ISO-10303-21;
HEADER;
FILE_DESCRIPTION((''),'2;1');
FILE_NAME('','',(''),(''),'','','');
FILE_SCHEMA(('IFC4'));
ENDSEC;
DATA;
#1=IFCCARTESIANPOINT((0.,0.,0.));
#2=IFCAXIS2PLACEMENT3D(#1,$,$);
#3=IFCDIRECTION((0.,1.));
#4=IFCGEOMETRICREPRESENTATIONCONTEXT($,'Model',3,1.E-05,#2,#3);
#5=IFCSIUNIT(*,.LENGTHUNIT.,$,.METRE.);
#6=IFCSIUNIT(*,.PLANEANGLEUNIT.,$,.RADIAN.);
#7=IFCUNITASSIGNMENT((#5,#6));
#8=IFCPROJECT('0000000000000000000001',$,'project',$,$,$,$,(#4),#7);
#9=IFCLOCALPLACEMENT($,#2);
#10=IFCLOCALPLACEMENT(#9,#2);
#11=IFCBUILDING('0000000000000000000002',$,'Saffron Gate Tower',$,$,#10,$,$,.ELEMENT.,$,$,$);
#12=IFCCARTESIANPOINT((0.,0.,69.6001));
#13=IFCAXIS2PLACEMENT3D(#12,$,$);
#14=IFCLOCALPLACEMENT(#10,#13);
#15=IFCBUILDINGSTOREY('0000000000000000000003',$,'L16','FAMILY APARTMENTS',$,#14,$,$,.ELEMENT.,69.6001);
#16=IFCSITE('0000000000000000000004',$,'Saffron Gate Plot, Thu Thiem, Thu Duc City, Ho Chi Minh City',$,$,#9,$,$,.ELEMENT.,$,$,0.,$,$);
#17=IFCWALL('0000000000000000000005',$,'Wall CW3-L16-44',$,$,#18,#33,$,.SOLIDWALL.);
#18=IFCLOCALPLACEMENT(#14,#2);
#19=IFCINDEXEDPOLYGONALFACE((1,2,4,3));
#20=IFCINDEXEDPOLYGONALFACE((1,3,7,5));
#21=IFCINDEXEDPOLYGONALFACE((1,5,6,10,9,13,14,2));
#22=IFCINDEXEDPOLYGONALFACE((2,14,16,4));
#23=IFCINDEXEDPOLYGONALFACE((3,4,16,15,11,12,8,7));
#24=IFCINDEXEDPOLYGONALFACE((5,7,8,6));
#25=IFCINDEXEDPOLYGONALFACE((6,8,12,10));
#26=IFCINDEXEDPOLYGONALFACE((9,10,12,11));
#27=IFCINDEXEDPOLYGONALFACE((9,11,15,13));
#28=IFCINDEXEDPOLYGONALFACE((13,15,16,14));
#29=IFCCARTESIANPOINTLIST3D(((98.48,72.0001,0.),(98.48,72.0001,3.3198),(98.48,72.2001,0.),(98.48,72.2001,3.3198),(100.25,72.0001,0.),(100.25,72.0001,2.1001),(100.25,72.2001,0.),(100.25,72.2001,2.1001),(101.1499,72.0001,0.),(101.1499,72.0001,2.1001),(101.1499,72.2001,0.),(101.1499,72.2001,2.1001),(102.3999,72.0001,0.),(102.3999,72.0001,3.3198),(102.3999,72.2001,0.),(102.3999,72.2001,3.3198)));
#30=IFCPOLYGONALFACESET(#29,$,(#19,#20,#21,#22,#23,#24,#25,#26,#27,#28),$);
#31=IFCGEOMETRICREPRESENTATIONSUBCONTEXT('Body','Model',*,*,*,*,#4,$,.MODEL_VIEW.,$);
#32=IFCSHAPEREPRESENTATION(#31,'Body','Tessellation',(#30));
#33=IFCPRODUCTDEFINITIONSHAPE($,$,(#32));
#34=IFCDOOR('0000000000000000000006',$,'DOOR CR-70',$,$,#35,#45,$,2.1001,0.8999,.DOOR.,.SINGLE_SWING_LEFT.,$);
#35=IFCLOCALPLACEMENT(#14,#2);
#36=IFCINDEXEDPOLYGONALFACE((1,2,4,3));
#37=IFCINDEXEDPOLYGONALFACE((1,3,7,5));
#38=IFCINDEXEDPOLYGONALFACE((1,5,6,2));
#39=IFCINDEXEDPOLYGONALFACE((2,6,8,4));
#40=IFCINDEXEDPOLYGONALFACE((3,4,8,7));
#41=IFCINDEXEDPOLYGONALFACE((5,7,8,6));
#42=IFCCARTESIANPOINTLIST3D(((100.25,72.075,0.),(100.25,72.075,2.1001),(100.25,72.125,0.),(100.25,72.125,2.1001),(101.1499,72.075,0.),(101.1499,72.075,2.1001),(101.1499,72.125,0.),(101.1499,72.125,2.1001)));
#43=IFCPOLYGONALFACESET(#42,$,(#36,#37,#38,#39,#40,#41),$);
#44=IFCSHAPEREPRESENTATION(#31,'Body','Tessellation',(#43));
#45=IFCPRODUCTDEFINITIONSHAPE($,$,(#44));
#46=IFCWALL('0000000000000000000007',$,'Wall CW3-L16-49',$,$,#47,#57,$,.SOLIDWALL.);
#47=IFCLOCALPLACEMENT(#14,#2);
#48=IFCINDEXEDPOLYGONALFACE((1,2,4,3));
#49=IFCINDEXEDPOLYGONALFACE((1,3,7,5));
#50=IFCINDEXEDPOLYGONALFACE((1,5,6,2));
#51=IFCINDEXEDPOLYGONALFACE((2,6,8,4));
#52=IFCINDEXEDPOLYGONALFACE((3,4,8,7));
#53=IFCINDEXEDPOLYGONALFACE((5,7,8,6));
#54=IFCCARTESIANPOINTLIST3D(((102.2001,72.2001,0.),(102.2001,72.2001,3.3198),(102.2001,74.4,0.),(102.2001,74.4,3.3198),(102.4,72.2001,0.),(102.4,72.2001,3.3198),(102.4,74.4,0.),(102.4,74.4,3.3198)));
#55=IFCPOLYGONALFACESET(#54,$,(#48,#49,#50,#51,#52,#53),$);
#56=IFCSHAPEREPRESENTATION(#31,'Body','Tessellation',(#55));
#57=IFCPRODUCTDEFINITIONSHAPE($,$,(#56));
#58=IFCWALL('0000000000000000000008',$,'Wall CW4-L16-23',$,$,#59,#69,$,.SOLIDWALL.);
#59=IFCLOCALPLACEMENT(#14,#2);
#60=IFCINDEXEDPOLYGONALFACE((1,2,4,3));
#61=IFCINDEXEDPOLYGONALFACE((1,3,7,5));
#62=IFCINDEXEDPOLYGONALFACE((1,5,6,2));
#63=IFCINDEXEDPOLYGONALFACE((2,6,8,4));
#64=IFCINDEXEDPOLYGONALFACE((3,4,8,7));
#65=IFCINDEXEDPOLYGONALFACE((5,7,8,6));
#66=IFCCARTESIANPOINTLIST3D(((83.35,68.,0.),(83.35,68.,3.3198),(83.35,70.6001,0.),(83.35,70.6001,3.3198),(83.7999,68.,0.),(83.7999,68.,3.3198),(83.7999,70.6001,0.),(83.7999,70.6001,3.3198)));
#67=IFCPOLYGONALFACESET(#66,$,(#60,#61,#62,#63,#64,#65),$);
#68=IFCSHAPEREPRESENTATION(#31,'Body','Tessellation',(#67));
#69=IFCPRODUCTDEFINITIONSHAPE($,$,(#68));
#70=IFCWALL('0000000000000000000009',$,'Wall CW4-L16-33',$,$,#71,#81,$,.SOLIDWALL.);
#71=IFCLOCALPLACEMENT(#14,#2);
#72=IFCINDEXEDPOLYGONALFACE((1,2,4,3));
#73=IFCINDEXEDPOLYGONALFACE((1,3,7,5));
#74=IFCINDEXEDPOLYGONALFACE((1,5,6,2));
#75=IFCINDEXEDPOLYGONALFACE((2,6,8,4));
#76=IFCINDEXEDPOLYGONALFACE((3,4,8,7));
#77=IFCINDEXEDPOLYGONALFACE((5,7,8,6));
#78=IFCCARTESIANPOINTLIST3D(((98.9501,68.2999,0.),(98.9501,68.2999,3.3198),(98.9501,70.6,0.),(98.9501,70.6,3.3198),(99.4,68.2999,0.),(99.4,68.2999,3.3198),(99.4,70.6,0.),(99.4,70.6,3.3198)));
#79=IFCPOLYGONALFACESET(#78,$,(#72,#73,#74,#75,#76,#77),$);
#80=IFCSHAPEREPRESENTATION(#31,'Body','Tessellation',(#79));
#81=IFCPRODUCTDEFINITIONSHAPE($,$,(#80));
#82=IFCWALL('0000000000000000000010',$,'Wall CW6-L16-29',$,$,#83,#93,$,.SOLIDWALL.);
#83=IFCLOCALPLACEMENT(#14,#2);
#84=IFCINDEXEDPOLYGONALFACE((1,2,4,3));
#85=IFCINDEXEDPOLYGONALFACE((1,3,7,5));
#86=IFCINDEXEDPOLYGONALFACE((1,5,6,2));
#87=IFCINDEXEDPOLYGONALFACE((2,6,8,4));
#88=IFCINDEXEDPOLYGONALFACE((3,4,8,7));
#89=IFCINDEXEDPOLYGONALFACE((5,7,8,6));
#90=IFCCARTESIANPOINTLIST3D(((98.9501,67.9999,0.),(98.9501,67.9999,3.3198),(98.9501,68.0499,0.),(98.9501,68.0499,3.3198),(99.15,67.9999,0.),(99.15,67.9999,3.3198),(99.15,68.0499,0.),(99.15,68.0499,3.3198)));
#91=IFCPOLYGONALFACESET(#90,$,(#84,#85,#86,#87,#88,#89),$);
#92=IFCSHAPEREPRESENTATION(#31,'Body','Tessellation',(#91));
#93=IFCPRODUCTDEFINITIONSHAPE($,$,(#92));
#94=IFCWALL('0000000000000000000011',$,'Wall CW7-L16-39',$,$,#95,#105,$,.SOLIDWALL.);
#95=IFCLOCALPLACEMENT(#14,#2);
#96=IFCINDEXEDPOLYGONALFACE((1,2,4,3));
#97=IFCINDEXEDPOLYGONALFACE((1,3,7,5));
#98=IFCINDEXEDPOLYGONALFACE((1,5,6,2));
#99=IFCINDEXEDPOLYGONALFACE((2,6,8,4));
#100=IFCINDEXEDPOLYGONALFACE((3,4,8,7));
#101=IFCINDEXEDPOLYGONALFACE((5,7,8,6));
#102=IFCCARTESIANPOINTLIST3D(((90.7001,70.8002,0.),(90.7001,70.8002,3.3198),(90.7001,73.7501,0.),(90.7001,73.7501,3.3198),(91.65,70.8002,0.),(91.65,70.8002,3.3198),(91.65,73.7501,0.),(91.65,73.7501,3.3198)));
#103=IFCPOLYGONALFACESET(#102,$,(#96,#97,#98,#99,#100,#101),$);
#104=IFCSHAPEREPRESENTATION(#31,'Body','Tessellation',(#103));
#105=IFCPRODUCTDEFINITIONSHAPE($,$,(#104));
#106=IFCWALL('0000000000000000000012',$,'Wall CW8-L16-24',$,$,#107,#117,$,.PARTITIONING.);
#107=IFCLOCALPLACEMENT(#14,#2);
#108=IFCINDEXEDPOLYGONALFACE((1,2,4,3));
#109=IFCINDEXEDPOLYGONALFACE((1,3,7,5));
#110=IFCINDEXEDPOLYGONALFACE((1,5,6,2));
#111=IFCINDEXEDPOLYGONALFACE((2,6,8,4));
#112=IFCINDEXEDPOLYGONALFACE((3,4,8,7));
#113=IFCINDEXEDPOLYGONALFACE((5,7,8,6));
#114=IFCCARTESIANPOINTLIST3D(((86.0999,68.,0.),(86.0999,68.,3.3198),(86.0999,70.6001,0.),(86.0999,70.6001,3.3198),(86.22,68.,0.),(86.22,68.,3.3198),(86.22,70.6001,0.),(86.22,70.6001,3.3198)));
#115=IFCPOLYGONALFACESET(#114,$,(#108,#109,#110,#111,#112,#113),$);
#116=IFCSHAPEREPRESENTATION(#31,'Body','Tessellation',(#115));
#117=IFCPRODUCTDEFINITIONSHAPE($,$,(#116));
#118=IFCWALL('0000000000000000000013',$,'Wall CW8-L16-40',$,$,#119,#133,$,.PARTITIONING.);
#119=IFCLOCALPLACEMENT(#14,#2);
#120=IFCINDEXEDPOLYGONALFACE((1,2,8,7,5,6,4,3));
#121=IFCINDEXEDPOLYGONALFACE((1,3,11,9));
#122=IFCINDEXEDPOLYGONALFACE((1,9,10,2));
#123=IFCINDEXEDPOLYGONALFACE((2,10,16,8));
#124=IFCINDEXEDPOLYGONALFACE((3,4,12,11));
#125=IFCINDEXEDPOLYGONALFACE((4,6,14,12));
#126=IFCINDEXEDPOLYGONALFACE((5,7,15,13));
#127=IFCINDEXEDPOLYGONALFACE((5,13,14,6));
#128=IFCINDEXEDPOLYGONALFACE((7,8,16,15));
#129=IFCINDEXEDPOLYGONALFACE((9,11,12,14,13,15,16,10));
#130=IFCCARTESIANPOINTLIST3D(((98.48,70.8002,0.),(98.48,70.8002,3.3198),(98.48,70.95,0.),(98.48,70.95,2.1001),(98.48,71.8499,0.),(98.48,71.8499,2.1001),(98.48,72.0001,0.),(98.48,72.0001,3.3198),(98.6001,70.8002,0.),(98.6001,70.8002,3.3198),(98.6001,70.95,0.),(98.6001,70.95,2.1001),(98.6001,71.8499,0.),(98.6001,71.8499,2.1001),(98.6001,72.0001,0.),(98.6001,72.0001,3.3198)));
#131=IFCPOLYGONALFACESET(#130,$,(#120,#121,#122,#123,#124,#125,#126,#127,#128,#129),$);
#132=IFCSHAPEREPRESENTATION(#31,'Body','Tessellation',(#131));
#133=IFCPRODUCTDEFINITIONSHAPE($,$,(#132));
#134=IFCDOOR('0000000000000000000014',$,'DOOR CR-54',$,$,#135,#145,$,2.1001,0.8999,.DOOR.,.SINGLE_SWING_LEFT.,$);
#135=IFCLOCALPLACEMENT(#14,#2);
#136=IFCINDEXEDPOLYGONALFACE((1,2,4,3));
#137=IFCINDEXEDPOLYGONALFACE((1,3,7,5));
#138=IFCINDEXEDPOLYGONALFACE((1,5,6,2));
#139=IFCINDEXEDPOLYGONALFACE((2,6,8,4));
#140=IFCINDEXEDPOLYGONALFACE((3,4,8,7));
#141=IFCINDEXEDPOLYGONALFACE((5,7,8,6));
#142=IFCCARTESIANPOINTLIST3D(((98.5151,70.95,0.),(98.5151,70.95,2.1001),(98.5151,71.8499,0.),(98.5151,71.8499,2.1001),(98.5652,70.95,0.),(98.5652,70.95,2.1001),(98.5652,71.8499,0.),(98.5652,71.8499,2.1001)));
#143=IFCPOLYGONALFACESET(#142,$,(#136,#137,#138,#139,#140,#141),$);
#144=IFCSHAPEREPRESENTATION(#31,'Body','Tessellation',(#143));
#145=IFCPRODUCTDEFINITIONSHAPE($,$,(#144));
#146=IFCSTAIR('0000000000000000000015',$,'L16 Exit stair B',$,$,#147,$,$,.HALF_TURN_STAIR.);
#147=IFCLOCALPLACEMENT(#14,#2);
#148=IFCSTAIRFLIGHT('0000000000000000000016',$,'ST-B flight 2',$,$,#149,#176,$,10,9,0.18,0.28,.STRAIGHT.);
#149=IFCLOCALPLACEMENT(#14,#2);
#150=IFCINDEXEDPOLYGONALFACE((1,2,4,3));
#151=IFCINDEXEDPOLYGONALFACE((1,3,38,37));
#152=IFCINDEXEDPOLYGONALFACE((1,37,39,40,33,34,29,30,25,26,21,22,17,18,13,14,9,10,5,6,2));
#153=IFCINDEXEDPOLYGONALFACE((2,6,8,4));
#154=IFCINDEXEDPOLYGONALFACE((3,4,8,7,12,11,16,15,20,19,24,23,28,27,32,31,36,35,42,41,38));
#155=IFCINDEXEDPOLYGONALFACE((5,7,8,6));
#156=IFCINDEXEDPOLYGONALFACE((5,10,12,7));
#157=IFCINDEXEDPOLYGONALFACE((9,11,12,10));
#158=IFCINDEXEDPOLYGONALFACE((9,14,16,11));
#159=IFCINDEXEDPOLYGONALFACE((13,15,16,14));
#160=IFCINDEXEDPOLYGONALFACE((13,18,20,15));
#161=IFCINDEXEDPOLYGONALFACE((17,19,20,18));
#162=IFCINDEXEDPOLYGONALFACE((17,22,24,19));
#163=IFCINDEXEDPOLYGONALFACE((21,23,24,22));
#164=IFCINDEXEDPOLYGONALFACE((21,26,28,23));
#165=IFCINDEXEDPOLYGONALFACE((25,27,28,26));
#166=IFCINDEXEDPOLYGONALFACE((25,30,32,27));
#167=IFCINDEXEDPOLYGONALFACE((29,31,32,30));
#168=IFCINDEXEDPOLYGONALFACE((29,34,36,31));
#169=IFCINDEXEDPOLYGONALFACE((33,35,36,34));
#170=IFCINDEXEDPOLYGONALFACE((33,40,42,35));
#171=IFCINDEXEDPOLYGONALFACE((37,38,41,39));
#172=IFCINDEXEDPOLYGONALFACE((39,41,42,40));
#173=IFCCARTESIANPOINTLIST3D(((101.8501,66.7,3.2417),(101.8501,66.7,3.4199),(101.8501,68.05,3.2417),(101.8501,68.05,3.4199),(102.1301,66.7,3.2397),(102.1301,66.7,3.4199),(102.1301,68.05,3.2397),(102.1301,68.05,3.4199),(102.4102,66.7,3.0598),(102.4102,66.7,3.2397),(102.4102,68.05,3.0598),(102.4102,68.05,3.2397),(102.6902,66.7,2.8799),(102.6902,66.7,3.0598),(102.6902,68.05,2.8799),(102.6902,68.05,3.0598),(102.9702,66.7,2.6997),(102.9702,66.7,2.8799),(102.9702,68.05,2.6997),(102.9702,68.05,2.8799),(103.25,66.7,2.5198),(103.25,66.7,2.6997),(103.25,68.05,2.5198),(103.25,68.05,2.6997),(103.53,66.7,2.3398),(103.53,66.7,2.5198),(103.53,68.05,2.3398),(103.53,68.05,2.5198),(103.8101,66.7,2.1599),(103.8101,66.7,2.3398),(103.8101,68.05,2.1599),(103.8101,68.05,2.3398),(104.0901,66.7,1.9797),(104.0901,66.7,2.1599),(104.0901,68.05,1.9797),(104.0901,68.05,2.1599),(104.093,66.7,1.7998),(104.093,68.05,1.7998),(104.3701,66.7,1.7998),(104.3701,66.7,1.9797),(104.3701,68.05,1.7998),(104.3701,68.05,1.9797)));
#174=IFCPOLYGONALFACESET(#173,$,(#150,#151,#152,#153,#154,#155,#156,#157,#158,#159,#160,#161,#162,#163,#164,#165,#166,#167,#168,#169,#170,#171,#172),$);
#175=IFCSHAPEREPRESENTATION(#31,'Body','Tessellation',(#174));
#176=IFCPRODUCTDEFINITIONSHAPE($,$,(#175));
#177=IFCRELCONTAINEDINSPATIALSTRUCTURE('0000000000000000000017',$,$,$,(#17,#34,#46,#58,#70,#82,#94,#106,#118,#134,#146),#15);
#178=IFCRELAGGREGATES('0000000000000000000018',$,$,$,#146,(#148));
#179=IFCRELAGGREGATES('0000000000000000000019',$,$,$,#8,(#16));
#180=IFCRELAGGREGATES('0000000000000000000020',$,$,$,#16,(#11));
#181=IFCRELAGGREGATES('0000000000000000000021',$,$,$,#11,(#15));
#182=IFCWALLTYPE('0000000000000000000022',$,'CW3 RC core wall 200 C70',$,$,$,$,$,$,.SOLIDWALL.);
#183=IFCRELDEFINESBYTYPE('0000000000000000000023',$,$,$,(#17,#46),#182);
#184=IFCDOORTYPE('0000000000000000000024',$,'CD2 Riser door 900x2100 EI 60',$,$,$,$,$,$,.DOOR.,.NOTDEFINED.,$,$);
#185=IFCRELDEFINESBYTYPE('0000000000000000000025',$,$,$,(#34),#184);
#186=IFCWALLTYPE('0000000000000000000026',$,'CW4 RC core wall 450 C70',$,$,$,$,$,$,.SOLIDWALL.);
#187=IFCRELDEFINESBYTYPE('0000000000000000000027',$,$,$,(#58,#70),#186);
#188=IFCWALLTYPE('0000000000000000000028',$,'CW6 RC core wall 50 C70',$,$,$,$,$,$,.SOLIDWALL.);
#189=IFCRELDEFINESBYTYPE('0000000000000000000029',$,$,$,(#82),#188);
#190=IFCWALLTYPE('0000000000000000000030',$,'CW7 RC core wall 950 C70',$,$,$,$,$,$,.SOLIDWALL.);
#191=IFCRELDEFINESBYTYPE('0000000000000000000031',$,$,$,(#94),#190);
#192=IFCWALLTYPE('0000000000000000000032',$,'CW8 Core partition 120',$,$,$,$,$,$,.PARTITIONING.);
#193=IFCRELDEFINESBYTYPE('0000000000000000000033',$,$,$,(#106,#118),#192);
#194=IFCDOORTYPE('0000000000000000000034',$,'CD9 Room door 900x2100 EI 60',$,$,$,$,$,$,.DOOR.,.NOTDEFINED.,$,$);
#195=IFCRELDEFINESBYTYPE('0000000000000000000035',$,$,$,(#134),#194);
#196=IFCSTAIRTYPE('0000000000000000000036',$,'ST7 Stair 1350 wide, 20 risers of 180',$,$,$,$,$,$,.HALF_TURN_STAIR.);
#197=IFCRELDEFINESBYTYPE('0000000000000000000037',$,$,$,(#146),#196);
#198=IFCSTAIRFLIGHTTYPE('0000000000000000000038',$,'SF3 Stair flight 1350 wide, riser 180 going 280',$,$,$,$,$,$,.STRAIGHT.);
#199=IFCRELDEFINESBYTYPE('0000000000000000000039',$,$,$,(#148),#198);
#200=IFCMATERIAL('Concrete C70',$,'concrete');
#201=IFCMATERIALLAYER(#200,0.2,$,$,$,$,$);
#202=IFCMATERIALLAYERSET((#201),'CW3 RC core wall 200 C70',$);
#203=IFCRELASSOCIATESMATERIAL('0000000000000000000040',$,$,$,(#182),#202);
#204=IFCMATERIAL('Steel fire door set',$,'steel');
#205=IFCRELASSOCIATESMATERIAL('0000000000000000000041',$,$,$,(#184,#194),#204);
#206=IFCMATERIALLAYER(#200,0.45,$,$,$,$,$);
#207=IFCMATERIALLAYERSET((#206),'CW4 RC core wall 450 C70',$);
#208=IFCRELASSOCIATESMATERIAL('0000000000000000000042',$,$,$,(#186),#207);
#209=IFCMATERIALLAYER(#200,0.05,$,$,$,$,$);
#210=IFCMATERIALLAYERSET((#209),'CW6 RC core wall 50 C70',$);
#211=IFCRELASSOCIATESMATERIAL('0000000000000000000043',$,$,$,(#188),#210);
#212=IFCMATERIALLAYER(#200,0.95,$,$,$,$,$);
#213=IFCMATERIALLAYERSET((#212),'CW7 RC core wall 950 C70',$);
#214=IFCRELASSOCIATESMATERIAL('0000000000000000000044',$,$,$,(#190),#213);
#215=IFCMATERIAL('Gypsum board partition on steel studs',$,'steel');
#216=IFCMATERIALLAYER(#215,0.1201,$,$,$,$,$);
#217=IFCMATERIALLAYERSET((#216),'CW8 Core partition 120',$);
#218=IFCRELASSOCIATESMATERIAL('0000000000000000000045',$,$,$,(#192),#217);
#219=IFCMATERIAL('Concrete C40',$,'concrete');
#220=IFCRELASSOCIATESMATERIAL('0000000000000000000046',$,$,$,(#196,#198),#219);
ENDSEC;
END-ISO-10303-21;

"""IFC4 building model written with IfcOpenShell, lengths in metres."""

from ifc_helpers import new_model, si_unit, direction, frame, frame_2d, origin, place, context, subcontext, project, spatial, polyline, rectangle, outline, extrude, material, layer, layer_set, type_object, element, fill, aggregate, save


model = new_model("IFC4")

# Units and contexts
model_context = context("Model", 3, precision=1e-05, world=origin(), true_north=direction((0.0, 1.0)))
body_context = subcontext(model_context, "Body", "Model", "MODEL_VIEW")
ifc_project = project(units=[si_unit("LENGTHUNIT", "METRE"), si_unit("PLANEANGLEUNIT", "RADIAN")], contexts=[model_context])

# Site, building, storey
site_placement = place(None, origin())
site = spatial("IfcSite", under=ifc_project, at=site_placement, Name="Saffron Gate Plot, Thu Thiem, Thu Duc City, Ho Chi Minh City", CompositionType="ELEMENT", RefElevation=0.0)
building_placement = place(site_placement, origin())
building = spatial("IfcBuilding", under=site, at=building_placement, Name="Saffron Gate Tower", CompositionType="ELEMENT")
storey_placement = place(building_placement, frame((0.0, 0.0, 69.6001)))
storey = spatial("IfcBuildingStorey", under=building, at=storey_placement, Name="L16", Description="FAMILY APARTMENTS", CompositionType="ELEMENT", Elevation=69.6001)

# Shared definitions
ifc_material_1 = material(Name="Gypsum board partition on steel studs", Category="steel")
ifc_material_2 = material(Name="Concrete C70", Category="concrete")

# Shared definitions
ifc_material_3 = material(Name="Steel fire door set", Category="steel")

# Shared definitions
ifc_layer_1 = layer(ifc_material_2, 0.2)
ifc_layer_set_1 = layer_set([ifc_layer_1], Name="CW3 RC core wall 200 C70")
wall_type_1 = type_object("IfcWallType", Name="CW3 RC core wall 200 C70", PredefinedType="SOLIDWALL", material=ifc_layer_set_1)

# Wall, opening, door
wall_1_placement = place(storey_placement, frame((98.48, 72.1001, 0.0), z_axis=(0.0, 0.0, 1.0), x_axis=(1.0, 0.0, 0.0)))
wall_1 = element("IfcWall", 1, at=wall_1_placement, inside=storey, type_object=wall_type_1, Name="Wall CW3-L16-44", PredefinedType="SOLIDWALL", context=body_context, shape_type="SweptSolid", body=[
    extrude(rectangle(XDim=3.9199, YDim=0.2, at=frame_2d((1.96, 0.0))), origin(), (0.0, 0.0, 1.0), 3.3198),
])
opening_1_placement = place(wall_1_placement, frame((1.77, 0.0, 0.0)))
opening_1 = element("IfcOpeningElement", 2, at=opening_1_placement, cuts=wall_1, PredefinedType="OPENING", context=body_context, shape_type="SweptSolid", body=[
    extrude(rectangle(XDim=0.8999, YDim=2.1001, at=frame_2d((0.45, 1.05))), frame((0.0, 0.1099, 0.0), z_axis=(0.0, -1.0, 0.0), x_axis=(1.0, 0.0, 0.0)), (0.0, 0.0, 1.0), 0.22),
])
door_type_1 = type_object("IfcDoorType", Name="CD2 Riser door 900x2100 EI 60", OperationType="NOTDEFINED", PredefinedType="DOOR", material=ifc_material_3)
door_1_placement = place(opening_1_placement, origin())
door_1 = element("IfcDoor", 3, at=door_1_placement, inside=storey, type_object=door_type_1, Name="DOOR CR-70", OperationType="SINGLE_SWING_LEFT", OverallHeight=2.1001, OverallWidth=0.8999, PredefinedType="DOOR", context=body_context, shape_type="SweptSolid", body=[
    extrude(rectangle(XDim=0.8999, YDim=2.1001, at=frame_2d((0.45, 1.05))), frame((0.0, 0.0249, 0.0), z_axis=(0.0, -1.0, 0.0), x_axis=(1.0, 0.0, 0.0)), (0.0, 0.0, 1.0), 0.05),
])
fill(opening_1, door_1)

# Walls
wall_2_placement = place(storey_placement, frame((102.3, 72.2, 0.0), z_axis=(0.0, 0.0, 1.0), x_axis=(0.0, 1.0, 0.0)))
element("IfcWall", 4, at=wall_2_placement, inside=storey, type_object=wall_type_1, Name="Wall CW3-L16-49", PredefinedType="SOLIDWALL", context=body_context, shape_type="SweptSolid", body=[
    extrude(rectangle(XDim=2.2, YDim=0.2, at=frame_2d((1.1001, 0.0))), origin(), (0.0, 0.0, 1.0), 3.3198),
])
ifc_layer_2 = layer(ifc_material_2, 0.45)
ifc_layer_set_2 = layer_set([ifc_layer_2], Name="CW4 RC core wall 450 C70")
wall_type_2 = type_object("IfcWallType", Name="CW4 RC core wall 450 C70", PredefinedType="SOLIDWALL", material=ifc_layer_set_2)
wall_3_placement = place(storey_placement, frame((83.575, 68.0, 0.0), z_axis=(0.0, 0.0, 1.0), x_axis=(0.0, 1.0, 0.0)))
element("IfcWall", 5, at=wall_3_placement, inside=storey, type_object=wall_type_2, Name="Wall CW4-L16-23", PredefinedType="SOLIDWALL", context=body_context, shape_type="SweptSolid", body=[
    extrude(rectangle(XDim=2.6001, YDim=0.45, at=frame_2d((1.3, 0.0))), origin(), (0.0, 0.0, 1.0), 3.3198),
])
wall_4_placement = place(storey_placement, frame((99.175, 68.3, 0.0), z_axis=(0.0, 0.0, 1.0), x_axis=(0.0, 1.0, 0.0)))
element("IfcWall", 6, at=wall_4_placement, inside=storey, type_object=wall_type_2, Name="Wall CW4-L16-33", PredefinedType="SOLIDWALL", context=body_context, shape_type="SweptSolid", body=[
    extrude(rectangle(XDim=2.3, YDim=0.45, at=frame_2d((1.1499, 0.0))), origin(), (0.0, 0.0, 1.0), 3.3198),
])
ifc_layer_3 = layer(ifc_material_2, 0.05)
ifc_layer_set_3 = layer_set([ifc_layer_3], Name="CW6 RC core wall 50 C70")
wall_type_3 = type_object("IfcWallType", Name="CW6 RC core wall 50 C70", PredefinedType="SOLIDWALL", material=ifc_layer_set_3)
wall_5_placement = place(storey_placement, frame((98.95, 68.0249, 0.0), z_axis=(0.0, 0.0, 1.0), x_axis=(1.0, 0.0, 0.0)))
element("IfcWall", 7, at=wall_5_placement, inside=storey, type_object=wall_type_3, Name="Wall CW6-L16-29", PredefinedType="SOLIDWALL", context=body_context, shape_type="SweptSolid", body=[
    extrude(rectangle(XDim=0.2, YDim=0.05, at=frame_2d((0.1001, 0.0))), origin(), (0.0, 0.0, 1.0), 3.3198),
])
ifc_layer_4 = layer(ifc_material_2, 0.95)
ifc_layer_set_4 = layer_set([ifc_layer_4], Name="CW7 RC core wall 950 C70")
wall_type_4 = type_object("IfcWallType", Name="CW7 RC core wall 950 C70", PredefinedType="SOLIDWALL", material=ifc_layer_set_4)
wall_6_placement = place(storey_placement, frame((91.175, 70.8, 0.0), z_axis=(0.0, 0.0, 1.0), x_axis=(0.0, 1.0, 0.0)))
element("IfcWall", 8, at=wall_6_placement, inside=storey, type_object=wall_type_4, Name="Wall CW7-L16-39", PredefinedType="SOLIDWALL", context=body_context, shape_type="SweptSolid", body=[
    extrude(rectangle(XDim=2.95, YDim=0.95, at=frame_2d((1.4751, 0.0))), origin(), (0.0, 0.0, 1.0), 3.3198),
])
ifc_layer_5 = layer(ifc_material_1, 0.1201)
ifc_layer_set_5 = layer_set([ifc_layer_5], Name="CW8 Core partition 120")
wall_type_5 = type_object("IfcWallType", Name="CW8 Core partition 120", PredefinedType="PARTITIONING", material=ifc_layer_set_5)
wall_7_placement = place(storey_placement, frame((86.1599, 68.0, 0.0), z_axis=(0.0, 0.0, 1.0), x_axis=(0.0, 1.0, 0.0)))
element("IfcWall", 9, at=wall_7_placement, inside=storey, type_object=wall_type_5, Name="Wall CW8-L16-24", PredefinedType="PARTITIONING", context=body_context, shape_type="SweptSolid", body=[
    extrude(rectangle(XDim=2.6001, YDim=0.1201, at=frame_2d((1.3, 0.0))), origin(), (0.0, 0.0, 1.0), 3.3198),
])

# Wall, opening, door
wall_8_placement = place(storey_placement, frame((98.54, 70.8, 0.0), z_axis=(0.0, 0.0, 1.0), x_axis=(0.0, 1.0, 0.0)))
wall_8 = element("IfcWall", 10, at=wall_8_placement, inside=storey, type_object=wall_type_5, Name="Wall CW8-L16-40", PredefinedType="PARTITIONING", context=body_context, shape_type="SweptSolid", body=[
    extrude(rectangle(XDim=1.2, YDim=0.1201, at=frame_2d((0.6001, 0.0))), origin(), (0.0, 0.0, 1.0), 3.3198),
])
opening_2_placement = place(wall_8_placement, frame((0.1499, 0.0, 0.0)))
opening_2 = element("IfcOpeningElement", 11, at=opening_2_placement, cuts=wall_8, PredefinedType="OPENING", context=body_context, shape_type="SweptSolid", body=[
    extrude(rectangle(XDim=0.8999, YDim=2.1001, at=frame_2d((0.45, 1.05))), frame((0.0, 0.0701, 0.0), z_axis=(0.0, -1.0, 0.0), x_axis=(1.0, 0.0, 0.0)), (0.0, 0.0, 1.0), 0.1401),
])
door_type_2 = type_object("IfcDoorType", Name="CD9 Room door 900x2100 EI 60", OperationType="NOTDEFINED", PredefinedType="DOOR", material=ifc_material_3)
door_2_placement = place(opening_2_placement, origin())
door_2 = element("IfcDoor", 12, at=door_2_placement, inside=storey, type_object=door_type_2, Name="DOOR CR-54", OperationType="SINGLE_SWING_LEFT", OverallHeight=2.1001, OverallWidth=0.8999, PredefinedType="DOOR", context=body_context, shape_type="SweptSolid", body=[
    extrude(rectangle(XDim=0.8999, YDim=2.1001, at=frame_2d((0.45, 1.05))), frame((0.0, 0.0249, 0.0), z_axis=(0.0, -1.0, 0.0), x_axis=(1.0, 0.0, 0.0)), (0.0, 0.0, 1.0), 0.05),
])
fill(opening_2, door_2)

# Stair, stair flight
ifc_material_4 = material(Name="Concrete C40", Category="concrete")
stair_type = type_object("IfcStairType", Name="ST7 Stair 1350 wide, 20 risers of 180", PredefinedType="HALF_TURN_STAIR", material=ifc_material_4)
stair_1_placement = place(storey_placement, origin())
stair_1 = element("IfcStair", 13, at=stair_1_placement, inside=storey, type_object=stair_type, Name="L16 Exit stair B", PredefinedType="HALF_TURN_STAIR")
stair_flight_type = type_object("IfcStairFlightType", Name="SF3 Stair flight 1350 wide, riser 180 going 280", PredefinedType="STRAIGHT", material=ifc_material_4)
stair_flight_1_placement = place(storey_placement, frame((104.3701, 67.375, 1.7998), z_axis=(0.0, 0.0, 1.0), x_axis=(-1.0, 0.0, 0.0)))
stair_flight_1 = element("IfcStairFlight", 14, at=stair_flight_1_placement, type_object=stair_flight_type, Name="ST-B flight 2", NumberOfRisers=10, NumberOfTreads=9, PredefinedType="STRAIGHT", RiserHeight=0.18, TreadLength=0.28, context=body_context, shape_type="SweptSolid", body=[
    extrude(outline(polyline([(0.0, 0.0), (0.0, 0.1799), (0.28, 0.1799), (0.28, 0.3601), (0.5601, 0.3601), (0.5601, 0.54), (0.8401, 0.54), (0.8401, 0.72), (1.1201, 0.72), (1.1201, 0.8999), (1.3999, 0.8999), (1.3999, 1.0801), (1.6799, 1.0801), (1.6799, 1.26), (1.96, 1.26), (1.96, 1.4399), (2.24, 1.4399), (2.24, 1.6201), (2.52, 1.6201), (2.52, 1.8), (2.52, 1.4419), (0.2771, 0.0), (0.0, 0.0)])), frame((0.0, 0.675, 0.0), z_axis=(0.0, -1.0, 0.0), x_axis=(1.0, 0.0, 0.0)), (0.0, 0.0, 1.0), 1.3501),
])
aggregate(stair_1, [stair_flight_1])

save(model, "model.ifc")
